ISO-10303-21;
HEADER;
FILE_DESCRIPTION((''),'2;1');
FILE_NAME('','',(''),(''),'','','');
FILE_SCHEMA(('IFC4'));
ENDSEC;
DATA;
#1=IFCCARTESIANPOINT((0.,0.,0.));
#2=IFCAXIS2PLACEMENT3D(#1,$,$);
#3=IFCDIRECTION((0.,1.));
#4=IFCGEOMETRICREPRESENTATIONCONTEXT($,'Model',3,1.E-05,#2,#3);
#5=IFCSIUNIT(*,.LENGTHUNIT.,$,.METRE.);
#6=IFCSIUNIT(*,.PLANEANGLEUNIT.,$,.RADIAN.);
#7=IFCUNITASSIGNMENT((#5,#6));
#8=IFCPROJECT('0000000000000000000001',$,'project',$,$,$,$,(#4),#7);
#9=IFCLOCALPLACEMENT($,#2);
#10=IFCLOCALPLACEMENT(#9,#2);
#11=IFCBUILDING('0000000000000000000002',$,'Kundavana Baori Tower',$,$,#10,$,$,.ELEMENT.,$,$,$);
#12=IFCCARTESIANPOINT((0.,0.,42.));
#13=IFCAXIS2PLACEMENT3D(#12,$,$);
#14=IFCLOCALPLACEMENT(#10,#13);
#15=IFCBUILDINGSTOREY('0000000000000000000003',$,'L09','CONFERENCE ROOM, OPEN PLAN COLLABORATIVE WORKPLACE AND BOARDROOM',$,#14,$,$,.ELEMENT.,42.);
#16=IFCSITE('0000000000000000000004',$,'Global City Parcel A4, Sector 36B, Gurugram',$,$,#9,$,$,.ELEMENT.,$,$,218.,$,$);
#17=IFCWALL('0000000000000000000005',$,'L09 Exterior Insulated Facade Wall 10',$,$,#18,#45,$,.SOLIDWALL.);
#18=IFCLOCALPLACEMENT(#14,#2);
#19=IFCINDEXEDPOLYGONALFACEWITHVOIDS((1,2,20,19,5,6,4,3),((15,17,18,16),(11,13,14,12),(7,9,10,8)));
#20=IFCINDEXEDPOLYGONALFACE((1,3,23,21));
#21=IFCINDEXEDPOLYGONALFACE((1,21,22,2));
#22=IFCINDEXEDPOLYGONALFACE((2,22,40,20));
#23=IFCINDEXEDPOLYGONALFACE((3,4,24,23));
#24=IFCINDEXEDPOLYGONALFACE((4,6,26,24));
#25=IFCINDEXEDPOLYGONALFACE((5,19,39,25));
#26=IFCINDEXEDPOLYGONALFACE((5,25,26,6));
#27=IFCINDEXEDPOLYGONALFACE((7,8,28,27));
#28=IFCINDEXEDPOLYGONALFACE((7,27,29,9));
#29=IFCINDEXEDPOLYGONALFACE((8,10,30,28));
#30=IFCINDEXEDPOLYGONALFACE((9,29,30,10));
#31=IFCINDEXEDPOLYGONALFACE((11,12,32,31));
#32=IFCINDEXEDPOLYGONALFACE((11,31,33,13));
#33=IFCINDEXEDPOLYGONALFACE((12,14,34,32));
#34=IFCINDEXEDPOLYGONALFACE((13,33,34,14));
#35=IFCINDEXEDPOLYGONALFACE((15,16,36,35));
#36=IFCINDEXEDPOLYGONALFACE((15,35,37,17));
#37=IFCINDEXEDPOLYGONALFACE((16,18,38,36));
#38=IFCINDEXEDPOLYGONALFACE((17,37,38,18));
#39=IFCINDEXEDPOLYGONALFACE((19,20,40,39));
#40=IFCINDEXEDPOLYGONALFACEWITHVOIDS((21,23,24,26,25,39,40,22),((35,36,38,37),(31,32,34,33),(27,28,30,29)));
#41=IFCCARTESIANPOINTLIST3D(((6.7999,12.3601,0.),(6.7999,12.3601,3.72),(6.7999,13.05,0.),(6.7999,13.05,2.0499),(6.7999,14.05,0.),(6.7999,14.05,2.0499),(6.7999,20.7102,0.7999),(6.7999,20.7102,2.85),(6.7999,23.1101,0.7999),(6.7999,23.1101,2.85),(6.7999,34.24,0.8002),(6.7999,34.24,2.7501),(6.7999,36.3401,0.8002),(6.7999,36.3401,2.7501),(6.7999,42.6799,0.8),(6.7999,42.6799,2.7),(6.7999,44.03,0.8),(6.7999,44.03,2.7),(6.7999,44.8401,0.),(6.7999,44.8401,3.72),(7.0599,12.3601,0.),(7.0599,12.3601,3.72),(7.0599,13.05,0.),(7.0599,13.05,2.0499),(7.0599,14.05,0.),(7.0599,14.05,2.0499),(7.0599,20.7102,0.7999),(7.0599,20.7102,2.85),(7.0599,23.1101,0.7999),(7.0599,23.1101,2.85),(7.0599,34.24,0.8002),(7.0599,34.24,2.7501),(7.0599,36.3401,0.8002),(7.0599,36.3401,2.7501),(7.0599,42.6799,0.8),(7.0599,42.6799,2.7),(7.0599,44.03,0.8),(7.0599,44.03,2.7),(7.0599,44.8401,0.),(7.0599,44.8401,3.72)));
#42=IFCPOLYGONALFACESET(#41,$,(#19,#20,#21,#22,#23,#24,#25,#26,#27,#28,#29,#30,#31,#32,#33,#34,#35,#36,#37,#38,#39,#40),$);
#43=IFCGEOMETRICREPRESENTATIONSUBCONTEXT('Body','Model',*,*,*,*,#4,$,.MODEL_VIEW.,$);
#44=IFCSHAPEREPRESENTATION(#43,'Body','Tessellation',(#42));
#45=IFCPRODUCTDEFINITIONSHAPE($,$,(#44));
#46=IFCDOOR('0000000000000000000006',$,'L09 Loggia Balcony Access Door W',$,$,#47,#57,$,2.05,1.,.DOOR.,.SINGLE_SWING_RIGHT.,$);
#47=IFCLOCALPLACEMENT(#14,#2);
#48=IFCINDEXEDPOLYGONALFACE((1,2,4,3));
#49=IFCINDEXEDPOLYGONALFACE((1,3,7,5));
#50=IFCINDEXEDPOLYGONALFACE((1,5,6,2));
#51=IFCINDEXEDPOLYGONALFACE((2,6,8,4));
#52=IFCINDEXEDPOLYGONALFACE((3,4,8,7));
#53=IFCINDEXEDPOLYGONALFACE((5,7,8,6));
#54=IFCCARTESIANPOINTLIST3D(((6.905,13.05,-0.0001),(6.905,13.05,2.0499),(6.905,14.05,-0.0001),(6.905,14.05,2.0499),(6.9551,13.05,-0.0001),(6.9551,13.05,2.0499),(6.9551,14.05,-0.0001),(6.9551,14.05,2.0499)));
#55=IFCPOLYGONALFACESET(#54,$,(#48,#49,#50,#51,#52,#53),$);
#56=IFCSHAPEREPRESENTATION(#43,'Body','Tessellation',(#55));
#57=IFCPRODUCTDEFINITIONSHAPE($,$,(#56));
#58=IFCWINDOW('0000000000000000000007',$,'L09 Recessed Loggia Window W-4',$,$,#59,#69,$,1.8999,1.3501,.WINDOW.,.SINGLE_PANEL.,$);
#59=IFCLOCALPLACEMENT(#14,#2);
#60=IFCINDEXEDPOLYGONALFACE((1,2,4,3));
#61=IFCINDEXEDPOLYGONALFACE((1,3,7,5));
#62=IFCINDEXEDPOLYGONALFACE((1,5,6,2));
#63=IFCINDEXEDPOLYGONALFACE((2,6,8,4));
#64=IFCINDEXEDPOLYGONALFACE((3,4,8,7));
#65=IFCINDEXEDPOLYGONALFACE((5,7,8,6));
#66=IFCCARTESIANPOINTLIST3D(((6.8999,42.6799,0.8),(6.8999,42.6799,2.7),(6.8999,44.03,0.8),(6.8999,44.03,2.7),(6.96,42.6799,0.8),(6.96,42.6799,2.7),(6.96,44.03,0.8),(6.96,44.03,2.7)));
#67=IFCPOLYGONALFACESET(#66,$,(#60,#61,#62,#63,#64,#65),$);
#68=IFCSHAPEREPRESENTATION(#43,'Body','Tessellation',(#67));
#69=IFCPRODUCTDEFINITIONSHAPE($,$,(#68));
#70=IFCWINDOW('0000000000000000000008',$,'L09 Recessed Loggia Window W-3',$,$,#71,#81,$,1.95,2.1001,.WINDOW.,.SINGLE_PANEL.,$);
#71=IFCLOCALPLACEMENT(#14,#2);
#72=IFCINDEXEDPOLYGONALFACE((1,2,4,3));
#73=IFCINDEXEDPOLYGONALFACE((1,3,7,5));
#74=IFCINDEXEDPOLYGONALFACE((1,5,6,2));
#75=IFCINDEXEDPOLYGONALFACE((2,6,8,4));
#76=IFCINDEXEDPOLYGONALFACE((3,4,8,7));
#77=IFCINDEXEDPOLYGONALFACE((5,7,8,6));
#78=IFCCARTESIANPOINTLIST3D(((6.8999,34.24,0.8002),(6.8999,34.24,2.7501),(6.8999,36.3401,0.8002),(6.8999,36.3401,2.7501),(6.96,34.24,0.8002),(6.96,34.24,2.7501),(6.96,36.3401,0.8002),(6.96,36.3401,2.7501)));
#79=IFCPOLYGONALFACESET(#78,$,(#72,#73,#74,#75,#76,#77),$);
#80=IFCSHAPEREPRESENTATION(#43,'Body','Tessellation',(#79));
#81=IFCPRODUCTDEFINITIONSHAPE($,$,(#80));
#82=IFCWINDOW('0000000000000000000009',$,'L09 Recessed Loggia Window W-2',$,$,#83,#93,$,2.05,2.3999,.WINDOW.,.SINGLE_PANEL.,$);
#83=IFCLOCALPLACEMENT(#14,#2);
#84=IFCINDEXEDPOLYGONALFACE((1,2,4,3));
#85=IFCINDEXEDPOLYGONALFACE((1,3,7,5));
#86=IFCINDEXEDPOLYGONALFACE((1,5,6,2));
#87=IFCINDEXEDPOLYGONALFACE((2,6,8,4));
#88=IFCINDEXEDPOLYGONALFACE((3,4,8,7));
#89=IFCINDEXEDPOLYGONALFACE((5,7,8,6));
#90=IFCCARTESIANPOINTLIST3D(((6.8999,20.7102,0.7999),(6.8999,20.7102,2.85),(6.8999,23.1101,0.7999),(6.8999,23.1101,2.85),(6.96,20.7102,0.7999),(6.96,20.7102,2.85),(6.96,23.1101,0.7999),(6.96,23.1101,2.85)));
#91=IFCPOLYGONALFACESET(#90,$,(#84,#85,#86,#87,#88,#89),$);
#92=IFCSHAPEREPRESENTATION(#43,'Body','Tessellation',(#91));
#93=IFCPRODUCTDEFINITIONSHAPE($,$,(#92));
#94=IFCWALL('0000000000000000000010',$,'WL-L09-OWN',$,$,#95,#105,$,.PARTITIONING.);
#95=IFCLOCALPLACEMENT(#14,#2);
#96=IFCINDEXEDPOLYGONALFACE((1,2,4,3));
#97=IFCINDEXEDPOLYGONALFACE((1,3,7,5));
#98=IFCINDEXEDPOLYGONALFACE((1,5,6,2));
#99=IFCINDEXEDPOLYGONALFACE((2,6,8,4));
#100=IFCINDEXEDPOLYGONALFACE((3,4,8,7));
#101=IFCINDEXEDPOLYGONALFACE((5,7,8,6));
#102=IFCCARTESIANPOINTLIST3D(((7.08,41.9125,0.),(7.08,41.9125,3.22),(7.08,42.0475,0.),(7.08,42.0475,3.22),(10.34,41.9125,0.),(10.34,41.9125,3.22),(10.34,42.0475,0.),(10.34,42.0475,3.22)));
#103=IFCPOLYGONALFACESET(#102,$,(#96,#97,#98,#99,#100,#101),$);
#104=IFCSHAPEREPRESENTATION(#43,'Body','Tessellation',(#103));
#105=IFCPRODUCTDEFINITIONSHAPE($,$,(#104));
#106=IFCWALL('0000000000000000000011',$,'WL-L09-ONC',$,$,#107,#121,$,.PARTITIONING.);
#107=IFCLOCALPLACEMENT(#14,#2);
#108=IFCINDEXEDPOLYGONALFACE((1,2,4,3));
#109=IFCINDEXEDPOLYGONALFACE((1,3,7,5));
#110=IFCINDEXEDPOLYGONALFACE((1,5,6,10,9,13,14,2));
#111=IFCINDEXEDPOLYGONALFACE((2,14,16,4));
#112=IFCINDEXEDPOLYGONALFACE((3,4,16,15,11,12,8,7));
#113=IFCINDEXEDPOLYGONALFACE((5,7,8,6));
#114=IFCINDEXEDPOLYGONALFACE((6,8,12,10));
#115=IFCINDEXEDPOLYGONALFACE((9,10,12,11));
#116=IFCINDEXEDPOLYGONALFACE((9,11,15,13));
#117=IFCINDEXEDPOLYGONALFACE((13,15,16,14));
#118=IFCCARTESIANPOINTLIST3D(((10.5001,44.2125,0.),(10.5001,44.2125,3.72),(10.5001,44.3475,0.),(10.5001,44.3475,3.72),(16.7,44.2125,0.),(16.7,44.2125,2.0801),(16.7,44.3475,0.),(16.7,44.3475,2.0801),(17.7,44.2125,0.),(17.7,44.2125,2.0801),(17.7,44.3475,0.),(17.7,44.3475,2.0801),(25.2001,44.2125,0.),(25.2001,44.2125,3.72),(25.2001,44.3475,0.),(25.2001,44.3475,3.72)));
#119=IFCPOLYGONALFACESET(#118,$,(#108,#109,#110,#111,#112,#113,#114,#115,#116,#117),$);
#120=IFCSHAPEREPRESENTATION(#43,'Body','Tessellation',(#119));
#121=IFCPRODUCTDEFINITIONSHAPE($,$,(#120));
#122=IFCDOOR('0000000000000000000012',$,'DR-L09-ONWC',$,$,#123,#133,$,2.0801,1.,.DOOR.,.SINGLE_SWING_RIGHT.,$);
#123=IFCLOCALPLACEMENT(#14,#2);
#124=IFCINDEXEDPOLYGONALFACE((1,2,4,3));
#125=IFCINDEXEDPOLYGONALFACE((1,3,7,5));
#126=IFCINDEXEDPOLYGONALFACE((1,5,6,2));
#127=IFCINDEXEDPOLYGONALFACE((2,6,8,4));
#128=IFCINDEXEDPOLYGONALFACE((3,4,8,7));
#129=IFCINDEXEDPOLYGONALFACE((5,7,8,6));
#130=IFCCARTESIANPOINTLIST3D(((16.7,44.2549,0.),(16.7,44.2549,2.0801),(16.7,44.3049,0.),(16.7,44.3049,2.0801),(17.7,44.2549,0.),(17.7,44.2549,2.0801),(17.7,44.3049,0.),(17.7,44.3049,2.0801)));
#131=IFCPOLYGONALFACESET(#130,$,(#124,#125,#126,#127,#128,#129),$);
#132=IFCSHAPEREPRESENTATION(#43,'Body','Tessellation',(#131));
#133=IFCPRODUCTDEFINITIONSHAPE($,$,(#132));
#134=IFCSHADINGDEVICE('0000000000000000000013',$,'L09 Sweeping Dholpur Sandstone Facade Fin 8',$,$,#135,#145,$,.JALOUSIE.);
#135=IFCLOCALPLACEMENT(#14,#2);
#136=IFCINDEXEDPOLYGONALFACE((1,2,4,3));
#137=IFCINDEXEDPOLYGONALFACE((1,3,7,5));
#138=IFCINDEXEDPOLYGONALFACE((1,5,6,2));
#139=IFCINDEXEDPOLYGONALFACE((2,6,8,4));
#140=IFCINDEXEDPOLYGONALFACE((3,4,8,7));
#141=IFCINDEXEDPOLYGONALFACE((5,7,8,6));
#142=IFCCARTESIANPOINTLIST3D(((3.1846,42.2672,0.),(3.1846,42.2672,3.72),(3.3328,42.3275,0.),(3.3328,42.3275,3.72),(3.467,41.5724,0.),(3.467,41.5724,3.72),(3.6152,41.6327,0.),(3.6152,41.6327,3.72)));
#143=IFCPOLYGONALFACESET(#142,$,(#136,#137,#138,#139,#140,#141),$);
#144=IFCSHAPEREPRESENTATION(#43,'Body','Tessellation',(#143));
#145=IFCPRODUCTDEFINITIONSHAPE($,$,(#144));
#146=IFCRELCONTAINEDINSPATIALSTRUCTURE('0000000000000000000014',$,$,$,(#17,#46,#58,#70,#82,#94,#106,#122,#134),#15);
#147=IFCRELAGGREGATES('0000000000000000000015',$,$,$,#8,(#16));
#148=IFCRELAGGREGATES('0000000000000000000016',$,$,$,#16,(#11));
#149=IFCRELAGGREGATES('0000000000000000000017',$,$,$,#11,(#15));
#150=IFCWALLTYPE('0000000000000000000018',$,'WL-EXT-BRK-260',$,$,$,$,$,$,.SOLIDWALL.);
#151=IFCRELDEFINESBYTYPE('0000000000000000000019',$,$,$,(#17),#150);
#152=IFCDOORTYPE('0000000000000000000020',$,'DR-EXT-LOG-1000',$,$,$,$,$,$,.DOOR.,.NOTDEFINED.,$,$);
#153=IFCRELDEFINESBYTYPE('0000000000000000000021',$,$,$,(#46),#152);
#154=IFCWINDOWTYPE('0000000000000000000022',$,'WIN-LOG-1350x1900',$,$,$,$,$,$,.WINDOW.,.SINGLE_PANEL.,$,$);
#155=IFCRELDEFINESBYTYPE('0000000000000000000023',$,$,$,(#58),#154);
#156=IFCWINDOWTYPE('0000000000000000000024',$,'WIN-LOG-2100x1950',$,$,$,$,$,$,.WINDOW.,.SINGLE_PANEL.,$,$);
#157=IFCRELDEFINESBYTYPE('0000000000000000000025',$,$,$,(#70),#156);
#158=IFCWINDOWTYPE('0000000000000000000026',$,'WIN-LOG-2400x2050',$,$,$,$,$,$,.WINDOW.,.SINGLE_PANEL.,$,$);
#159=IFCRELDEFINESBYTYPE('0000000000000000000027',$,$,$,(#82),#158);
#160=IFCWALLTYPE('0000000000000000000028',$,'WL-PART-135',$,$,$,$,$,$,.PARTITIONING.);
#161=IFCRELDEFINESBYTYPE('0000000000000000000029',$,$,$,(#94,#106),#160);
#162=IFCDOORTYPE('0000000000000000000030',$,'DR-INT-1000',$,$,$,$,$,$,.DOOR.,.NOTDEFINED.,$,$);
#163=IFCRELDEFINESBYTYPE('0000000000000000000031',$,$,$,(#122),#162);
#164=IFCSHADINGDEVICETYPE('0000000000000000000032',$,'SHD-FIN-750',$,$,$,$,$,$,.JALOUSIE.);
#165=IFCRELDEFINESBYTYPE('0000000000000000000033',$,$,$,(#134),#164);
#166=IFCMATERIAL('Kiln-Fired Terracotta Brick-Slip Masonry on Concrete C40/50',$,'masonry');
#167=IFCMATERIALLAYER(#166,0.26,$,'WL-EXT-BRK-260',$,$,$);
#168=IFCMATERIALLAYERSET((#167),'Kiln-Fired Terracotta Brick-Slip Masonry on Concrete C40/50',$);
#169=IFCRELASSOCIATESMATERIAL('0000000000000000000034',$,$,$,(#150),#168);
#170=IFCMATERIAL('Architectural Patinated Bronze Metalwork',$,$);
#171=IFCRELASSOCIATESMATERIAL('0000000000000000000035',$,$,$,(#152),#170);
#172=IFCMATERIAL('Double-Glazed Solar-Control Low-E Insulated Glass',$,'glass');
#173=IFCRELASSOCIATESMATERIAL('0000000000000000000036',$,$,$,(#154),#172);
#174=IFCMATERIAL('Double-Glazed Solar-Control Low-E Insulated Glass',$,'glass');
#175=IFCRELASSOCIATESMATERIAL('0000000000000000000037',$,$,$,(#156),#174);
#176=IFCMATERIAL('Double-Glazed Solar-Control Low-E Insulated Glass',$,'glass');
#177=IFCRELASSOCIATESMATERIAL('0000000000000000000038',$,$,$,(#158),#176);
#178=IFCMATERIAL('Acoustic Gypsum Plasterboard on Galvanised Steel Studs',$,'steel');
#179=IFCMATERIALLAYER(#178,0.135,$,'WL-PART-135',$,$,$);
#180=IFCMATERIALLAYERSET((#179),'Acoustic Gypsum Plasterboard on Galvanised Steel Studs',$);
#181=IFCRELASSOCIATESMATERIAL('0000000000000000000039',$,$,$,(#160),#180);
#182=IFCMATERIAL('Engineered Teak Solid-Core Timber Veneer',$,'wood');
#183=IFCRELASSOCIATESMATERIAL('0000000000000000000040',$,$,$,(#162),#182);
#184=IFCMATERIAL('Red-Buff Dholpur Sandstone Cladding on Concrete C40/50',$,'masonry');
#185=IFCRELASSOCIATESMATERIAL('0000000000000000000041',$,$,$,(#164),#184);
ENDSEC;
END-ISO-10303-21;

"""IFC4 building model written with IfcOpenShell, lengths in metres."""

from ifc_helpers import new_model, si_unit, direction, frame, frame_2d, origin, origin_2d, place, context, subcontext, project, spatial, rectangle, extrude, material, layer, layer_set, type_object, element, fill, save


model = new_model("IFC4")

# Units and contexts
model_context = context("Model", 3, precision=1e-05, world=origin(), true_north=direction((0.0, 1.0)))
body_context = subcontext(model_context, "Body", "Model", "MODEL_VIEW")
ifc_project = project(units=[si_unit("LENGTHUNIT", "METRE"), si_unit("PLANEANGLEUNIT", "RADIAN")], contexts=[model_context])

# Site, building, storey
site_placement = place(None, origin())
site = spatial("IfcSite", under=ifc_project, at=site_placement, Name="Global City Parcel A4, Sector 36B, Gurugram", CompositionType="ELEMENT", RefElevation=218.0)
building_placement = place(site_placement, origin())
building = spatial("IfcBuilding", under=site, at=building_placement, Name="Kundavana Baori Tower", CompositionType="ELEMENT")
storey_placement = place(building_placement, frame((0.0, 0.0, 42.0)))
storey = spatial("IfcBuildingStorey", under=building, at=storey_placement, Name="L09", Description="CONFERENCE ROOM, OPEN PLAN COLLABORATIVE WORKPLACE AND BOARDROOM", CompositionType="ELEMENT", Elevation=42.0)

# Shared definitions
ifc_material_1 = material(Name="Kiln-Fired Terracotta Brick-Slip Masonry on Concrete C40/50", Category="masonry")
ifc_layer_1 = layer(ifc_material_1, 0.26, Name="WL-EXT-BRK-260")
ifc_layer_set_1 = layer_set([ifc_layer_1], Name="Kiln-Fired Terracotta Brick-Slip Masonry on Concrete C40/50")
wall_type_1 = type_object("IfcWallType", Name="WL-EXT-BRK-260", PredefinedType="SOLIDWALL", material=ifc_layer_set_1)

# Wall, openings, door, windows
wall_1_placement = place(storey_placement, frame((6.9299, 44.8401, 0.0), z_axis=(0.0, 0.0, 1.0), x_axis=(0.0, -1.0, 0.0)))
wall_1 = element("IfcWall", 1, at=wall_1_placement, inside=storey, type_object=wall_type_1, Name="L09 Exterior Insulated Facade Wall 10", PredefinedType="SOLIDWALL", context=body_context, shape_type="SweptSolid", body=[
    extrude(rectangle(XDim=32.48, YDim=0.26, at=frame_2d((16.24, 0.0))), origin(), (0.0, 0.0, 1.0), 3.72),
])
opening_1_placement = place(wall_1_placement, frame((30.79, 0.0, 0.0)))
opening_1 = element("IfcOpeningElement", 2, at=opening_1_placement, cuts=wall_1, PredefinedType="OPENING", context=body_context, shape_type="SweptSolid", body=[
    extrude(rectangle(XDim=1.0, YDim=2.05, at=frame_2d((0.5, 1.0249))), frame((0.0, 0.1401, 0.0), z_axis=(0.0, -1.0, 0.0), x_axis=(1.0, 0.0, 0.0)), (0.0, 0.0, 1.0), 0.28),
])
opening_2_placement = place(wall_1_placement, frame((21.73, 0.0, 0.8)))
opening_2 = element("IfcOpeningElement", 3, at=opening_2_placement, cuts=wall_1, PredefinedType="OPENING", context=body_context, shape_type="SweptSolid", body=[
    extrude(rectangle(XDim=2.3999, YDim=2.05, at=frame_2d((1.2, 1.0249))), frame((0.0, 0.1401, 0.0), z_axis=(0.0, -1.0, 0.0), x_axis=(1.0, 0.0, 0.0)), (0.0, 0.0, 1.0), 0.28),
])
opening_3_placement = place(wall_1_placement, frame((8.5, 0.0, 0.8)))
opening_3 = element("IfcOpeningElement", 4, at=opening_3_placement, cuts=wall_1, PredefinedType="OPENING", context=body_context, shape_type="SweptSolid", body=[
    extrude(rectangle(XDim=2.1001, YDim=1.95, at=frame_2d((1.05, 0.9751))), frame((0.0, 0.1401, 0.0), z_axis=(0.0, -1.0, 0.0), x_axis=(1.0, 0.0, 0.0)), (0.0, 0.0, 1.0), 0.28),
])
opening_4_placement = place(wall_1_placement, frame((0.8101, 0.0, 0.8)))
opening_4 = element("IfcOpeningElement", 5, at=opening_4_placement, cuts=wall_1, PredefinedType="OPENING", context=body_context, shape_type="SweptSolid", body=[
    extrude(rectangle(XDim=1.3501, YDim=1.8999, at=frame_2d((0.675, 0.95))), frame((0.0, 0.1401, 0.0), z_axis=(0.0, -1.0, 0.0), x_axis=(1.0, 0.0, 0.0)), (0.0, 0.0, 1.0), 0.28),
])
ifc_material_2 = material(Name="Architectural Patinated Bronze Metalwork")
door_type_1 = type_object("IfcDoorType", Name="DR-EXT-LOG-1000", OperationType="NOTDEFINED", PredefinedType="DOOR", material=ifc_material_2)
door_1_placement = place(opening_1_placement, frame((1.0, 0.0, 0.0), z_axis=(0.0, 0.0, 1.0), x_axis=(-1.0, 0.0, 0.0)))
door_1 = element("IfcDoor", 6, at=door_1_placement, inside=storey, type_object=door_type_1, Name="L09 Loggia Balcony Access Door W", OperationType="SINGLE_SWING_RIGHT", OverallHeight=2.05, OverallWidth=1.0, PredefinedType="DOOR", context=body_context, shape_type="SweptSolid", body=[
    extrude(rectangle(XDim=1.0, YDim=2.05, at=frame_2d((0.5, 1.0249))), frame((0.0, 0.0249, 0.0), z_axis=(0.0, -1.0, 0.0), x_axis=(1.0, 0.0, 0.0)), (0.0, 0.0, 1.0), 0.05),
])
fill(opening_1, door_1)
ifc_material_3 = material(Name="Double-Glazed Solar-Control Low-E Insulated Glass", Category="glass")
window_type_1 = type_object("IfcWindowType", Name="WIN-LOG-1350x1900", PartitioningType="SINGLE_PANEL", PredefinedType="WINDOW", material=ifc_material_3)
window_1_placement = place(opening_4_placement, origin())
window_1 = element("IfcWindow", 7, at=window_1_placement, inside=storey, type_object=window_type_1, Name="L09 Recessed Loggia Window W-4", OverallHeight=1.8999, OverallWidth=1.3501, PartitioningType="SINGLE_PANEL", PredefinedType="WINDOW", context=body_context, shape_type="SweptSolid", body=[
    extrude(rectangle(XDim=1.3501, YDim=1.8999, at=frame_2d((0.675, 0.95))), frame((0.0, 0.03, 0.0), z_axis=(0.0, -1.0, 0.0), x_axis=(1.0, 0.0, 0.0)), (0.0, 0.0, 1.0), 0.0601),
])
fill(opening_4, window_1)
ifc_material_4 = material(Name="Double-Glazed Solar-Control Low-E Insulated Glass", Category="glass")
window_type_2 = type_object("IfcWindowType", Name="WIN-LOG-2100x1950", PartitioningType="SINGLE_PANEL", PredefinedType="WINDOW", material=ifc_material_4)
window_2_placement = place(opening_3_placement, origin())
window_2 = element("IfcWindow", 8, at=window_2_placement, inside=storey, type_object=window_type_2, Name="L09 Recessed Loggia Window W-3", OverallHeight=1.95, OverallWidth=2.1001, PartitioningType="SINGLE_PANEL", PredefinedType="WINDOW", context=body_context, shape_type="SweptSolid", body=[
    extrude(rectangle(XDim=2.1001, YDim=1.95, at=frame_2d((1.05, 0.9751))), frame((0.0, 0.03, 0.0), z_axis=(0.0, -1.0, 0.0), x_axis=(1.0, 0.0, 0.0)), (0.0, 0.0, 1.0), 0.0601),
])
fill(opening_3, window_2)
ifc_material_5 = material(Name="Double-Glazed Solar-Control Low-E Insulated Glass", Category="glass")
window_type_3 = type_object("IfcWindowType", Name="WIN-LOG-2400x2050", PartitioningType="SINGLE_PANEL", PredefinedType="WINDOW", material=ifc_material_5)
window_3_placement = place(opening_2_placement, origin())
window_3 = element("IfcWindow", 9, at=window_3_placement, inside=storey, type_object=window_type_3, Name="L09 Recessed Loggia Window W-2", OverallHeight=2.05, OverallWidth=2.3999, PartitioningType="SINGLE_PANEL", PredefinedType="WINDOW", context=body_context, shape_type="SweptSolid", body=[
    extrude(rectangle(XDim=2.3999, YDim=2.05, at=frame_2d((1.2, 1.0249))), frame((0.0, 0.03, 0.0), z_axis=(0.0, -1.0, 0.0), x_axis=(1.0, 0.0, 0.0)), (0.0, 0.0, 1.0), 0.0601),
])
fill(opening_2, window_3)

# Wall
ifc_material_6 = material(Name="Acoustic Gypsum Plasterboard on Galvanised Steel Studs", Category="steel")
ifc_layer_2 = layer(ifc_material_6, 0.135, Name="WL-PART-135")
ifc_layer_set_2 = layer_set([ifc_layer_2], Name="Acoustic Gypsum Plasterboard on Galvanised Steel Studs")
wall_type_2 = type_object("IfcWallType", Name="WL-PART-135", PredefinedType="PARTITIONING", material=ifc_layer_set_2)
wall_2_placement = place(storey_placement, frame((7.0801, 41.98, 0.0), z_axis=(0.0, 0.0, 1.0), x_axis=(1.0, 0.0, 0.0)))
element("IfcWall", 10, at=wall_2_placement, inside=storey, type_object=wall_type_2, Name="WL-L09-OWN", PredefinedType="PARTITIONING", context=body_context, shape_type="SweptSolid", body=[
    extrude(rectangle(XDim=3.26, YDim=0.135, at=frame_2d((1.6299, 0.0))), origin(), (0.0, 0.0, 1.0), 3.22),
])

# Wall, opening, door
wall_3_placement = place(storey_placement, frame((10.5, 44.28, 0.0), z_axis=(0.0, 0.0, 1.0), x_axis=(1.0, 0.0, 0.0)))
wall_3 = element("IfcWall", 11, at=wall_3_placement, inside=storey, type_object=wall_type_2, Name="WL-L09-ONC", PredefinedType="PARTITIONING", context=body_context, shape_type="SweptSolid", body=[
    extrude(rectangle(XDim=14.7, YDim=0.135, at=frame_2d((7.3501, 0.0))), origin(), (0.0, 0.0, 1.0), 3.72),
])
opening_5_placement = place(wall_3_placement, frame((6.2, 0.0, 0.0)))
opening_5 = element("IfcOpeningElement", 12, at=opening_5_placement, cuts=wall_3, PredefinedType="OPENING", context=body_context, shape_type="SweptSolid", body=[
    extrude(rectangle(XDim=1.0, YDim=2.0801, at=frame_2d((0.5, 1.04))), frame((0.0, 0.0776, 0.0), z_axis=(0.0, -1.0, 0.0), x_axis=(1.0, 0.0, 0.0)), (0.0, 0.0, 1.0), 0.155),
])
ifc_material_7 = material(Name="Engineered Teak Solid-Core Timber Veneer", Category="wood")
door_type_2 = type_object("IfcDoorType", Name="DR-INT-1000", OperationType="NOTDEFINED", PredefinedType="DOOR", material=ifc_material_7)
door_2_placement = place(opening_5_placement, origin())
door_2 = element("IfcDoor", 13, at=door_2_placement, inside=storey, type_object=door_type_2, Name="DR-L09-ONWC", OperationType="SINGLE_SWING_RIGHT", OverallHeight=2.0801, OverallWidth=1.0, PredefinedType="DOOR", context=body_context, shape_type="SweptSolid", body=[
    extrude(rectangle(XDim=1.0, YDim=2.0801, at=frame_2d((0.5, 1.04))), frame((0.0, 0.0249, 0.0), z_axis=(0.0, -1.0, 0.0), x_axis=(1.0, 0.0, 0.0)), (0.0, 0.0, 1.0), 0.05),
])
fill(opening_5, door_2)

# Shading device
ifc_material_8 = material(Name="Red-Buff Dholpur Sandstone Cladding on Concrete C40/50", Category="masonry")
shading_device_type = type_object("IfcShadingDeviceType", Name="SHD-FIN-750", PredefinedType="JALOUSIE", material=ifc_material_8)
shading_device_placement = place(storey_placement, frame((3.3999, 41.95, 0.0), z_axis=(0.0, 0.0, 1.0), x_axis=(0.926397, 0.376548, 0.0)))
element("IfcShadingDevice", 14, at=shading_device_placement, inside=storey, type_object=shading_device_type, Name="L09 Sweeping Dholpur Sandstone Facade Fin 8", PredefinedType="JALOUSIE", context=body_context, shape_type="SweptSolid", body=[
    extrude(rectangle(XDim=0.1599, YDim=0.75, at=origin_2d()), origin(), (0.0, 0.0, 1.0), 3.72),
])

save(model, "model.ifc")
